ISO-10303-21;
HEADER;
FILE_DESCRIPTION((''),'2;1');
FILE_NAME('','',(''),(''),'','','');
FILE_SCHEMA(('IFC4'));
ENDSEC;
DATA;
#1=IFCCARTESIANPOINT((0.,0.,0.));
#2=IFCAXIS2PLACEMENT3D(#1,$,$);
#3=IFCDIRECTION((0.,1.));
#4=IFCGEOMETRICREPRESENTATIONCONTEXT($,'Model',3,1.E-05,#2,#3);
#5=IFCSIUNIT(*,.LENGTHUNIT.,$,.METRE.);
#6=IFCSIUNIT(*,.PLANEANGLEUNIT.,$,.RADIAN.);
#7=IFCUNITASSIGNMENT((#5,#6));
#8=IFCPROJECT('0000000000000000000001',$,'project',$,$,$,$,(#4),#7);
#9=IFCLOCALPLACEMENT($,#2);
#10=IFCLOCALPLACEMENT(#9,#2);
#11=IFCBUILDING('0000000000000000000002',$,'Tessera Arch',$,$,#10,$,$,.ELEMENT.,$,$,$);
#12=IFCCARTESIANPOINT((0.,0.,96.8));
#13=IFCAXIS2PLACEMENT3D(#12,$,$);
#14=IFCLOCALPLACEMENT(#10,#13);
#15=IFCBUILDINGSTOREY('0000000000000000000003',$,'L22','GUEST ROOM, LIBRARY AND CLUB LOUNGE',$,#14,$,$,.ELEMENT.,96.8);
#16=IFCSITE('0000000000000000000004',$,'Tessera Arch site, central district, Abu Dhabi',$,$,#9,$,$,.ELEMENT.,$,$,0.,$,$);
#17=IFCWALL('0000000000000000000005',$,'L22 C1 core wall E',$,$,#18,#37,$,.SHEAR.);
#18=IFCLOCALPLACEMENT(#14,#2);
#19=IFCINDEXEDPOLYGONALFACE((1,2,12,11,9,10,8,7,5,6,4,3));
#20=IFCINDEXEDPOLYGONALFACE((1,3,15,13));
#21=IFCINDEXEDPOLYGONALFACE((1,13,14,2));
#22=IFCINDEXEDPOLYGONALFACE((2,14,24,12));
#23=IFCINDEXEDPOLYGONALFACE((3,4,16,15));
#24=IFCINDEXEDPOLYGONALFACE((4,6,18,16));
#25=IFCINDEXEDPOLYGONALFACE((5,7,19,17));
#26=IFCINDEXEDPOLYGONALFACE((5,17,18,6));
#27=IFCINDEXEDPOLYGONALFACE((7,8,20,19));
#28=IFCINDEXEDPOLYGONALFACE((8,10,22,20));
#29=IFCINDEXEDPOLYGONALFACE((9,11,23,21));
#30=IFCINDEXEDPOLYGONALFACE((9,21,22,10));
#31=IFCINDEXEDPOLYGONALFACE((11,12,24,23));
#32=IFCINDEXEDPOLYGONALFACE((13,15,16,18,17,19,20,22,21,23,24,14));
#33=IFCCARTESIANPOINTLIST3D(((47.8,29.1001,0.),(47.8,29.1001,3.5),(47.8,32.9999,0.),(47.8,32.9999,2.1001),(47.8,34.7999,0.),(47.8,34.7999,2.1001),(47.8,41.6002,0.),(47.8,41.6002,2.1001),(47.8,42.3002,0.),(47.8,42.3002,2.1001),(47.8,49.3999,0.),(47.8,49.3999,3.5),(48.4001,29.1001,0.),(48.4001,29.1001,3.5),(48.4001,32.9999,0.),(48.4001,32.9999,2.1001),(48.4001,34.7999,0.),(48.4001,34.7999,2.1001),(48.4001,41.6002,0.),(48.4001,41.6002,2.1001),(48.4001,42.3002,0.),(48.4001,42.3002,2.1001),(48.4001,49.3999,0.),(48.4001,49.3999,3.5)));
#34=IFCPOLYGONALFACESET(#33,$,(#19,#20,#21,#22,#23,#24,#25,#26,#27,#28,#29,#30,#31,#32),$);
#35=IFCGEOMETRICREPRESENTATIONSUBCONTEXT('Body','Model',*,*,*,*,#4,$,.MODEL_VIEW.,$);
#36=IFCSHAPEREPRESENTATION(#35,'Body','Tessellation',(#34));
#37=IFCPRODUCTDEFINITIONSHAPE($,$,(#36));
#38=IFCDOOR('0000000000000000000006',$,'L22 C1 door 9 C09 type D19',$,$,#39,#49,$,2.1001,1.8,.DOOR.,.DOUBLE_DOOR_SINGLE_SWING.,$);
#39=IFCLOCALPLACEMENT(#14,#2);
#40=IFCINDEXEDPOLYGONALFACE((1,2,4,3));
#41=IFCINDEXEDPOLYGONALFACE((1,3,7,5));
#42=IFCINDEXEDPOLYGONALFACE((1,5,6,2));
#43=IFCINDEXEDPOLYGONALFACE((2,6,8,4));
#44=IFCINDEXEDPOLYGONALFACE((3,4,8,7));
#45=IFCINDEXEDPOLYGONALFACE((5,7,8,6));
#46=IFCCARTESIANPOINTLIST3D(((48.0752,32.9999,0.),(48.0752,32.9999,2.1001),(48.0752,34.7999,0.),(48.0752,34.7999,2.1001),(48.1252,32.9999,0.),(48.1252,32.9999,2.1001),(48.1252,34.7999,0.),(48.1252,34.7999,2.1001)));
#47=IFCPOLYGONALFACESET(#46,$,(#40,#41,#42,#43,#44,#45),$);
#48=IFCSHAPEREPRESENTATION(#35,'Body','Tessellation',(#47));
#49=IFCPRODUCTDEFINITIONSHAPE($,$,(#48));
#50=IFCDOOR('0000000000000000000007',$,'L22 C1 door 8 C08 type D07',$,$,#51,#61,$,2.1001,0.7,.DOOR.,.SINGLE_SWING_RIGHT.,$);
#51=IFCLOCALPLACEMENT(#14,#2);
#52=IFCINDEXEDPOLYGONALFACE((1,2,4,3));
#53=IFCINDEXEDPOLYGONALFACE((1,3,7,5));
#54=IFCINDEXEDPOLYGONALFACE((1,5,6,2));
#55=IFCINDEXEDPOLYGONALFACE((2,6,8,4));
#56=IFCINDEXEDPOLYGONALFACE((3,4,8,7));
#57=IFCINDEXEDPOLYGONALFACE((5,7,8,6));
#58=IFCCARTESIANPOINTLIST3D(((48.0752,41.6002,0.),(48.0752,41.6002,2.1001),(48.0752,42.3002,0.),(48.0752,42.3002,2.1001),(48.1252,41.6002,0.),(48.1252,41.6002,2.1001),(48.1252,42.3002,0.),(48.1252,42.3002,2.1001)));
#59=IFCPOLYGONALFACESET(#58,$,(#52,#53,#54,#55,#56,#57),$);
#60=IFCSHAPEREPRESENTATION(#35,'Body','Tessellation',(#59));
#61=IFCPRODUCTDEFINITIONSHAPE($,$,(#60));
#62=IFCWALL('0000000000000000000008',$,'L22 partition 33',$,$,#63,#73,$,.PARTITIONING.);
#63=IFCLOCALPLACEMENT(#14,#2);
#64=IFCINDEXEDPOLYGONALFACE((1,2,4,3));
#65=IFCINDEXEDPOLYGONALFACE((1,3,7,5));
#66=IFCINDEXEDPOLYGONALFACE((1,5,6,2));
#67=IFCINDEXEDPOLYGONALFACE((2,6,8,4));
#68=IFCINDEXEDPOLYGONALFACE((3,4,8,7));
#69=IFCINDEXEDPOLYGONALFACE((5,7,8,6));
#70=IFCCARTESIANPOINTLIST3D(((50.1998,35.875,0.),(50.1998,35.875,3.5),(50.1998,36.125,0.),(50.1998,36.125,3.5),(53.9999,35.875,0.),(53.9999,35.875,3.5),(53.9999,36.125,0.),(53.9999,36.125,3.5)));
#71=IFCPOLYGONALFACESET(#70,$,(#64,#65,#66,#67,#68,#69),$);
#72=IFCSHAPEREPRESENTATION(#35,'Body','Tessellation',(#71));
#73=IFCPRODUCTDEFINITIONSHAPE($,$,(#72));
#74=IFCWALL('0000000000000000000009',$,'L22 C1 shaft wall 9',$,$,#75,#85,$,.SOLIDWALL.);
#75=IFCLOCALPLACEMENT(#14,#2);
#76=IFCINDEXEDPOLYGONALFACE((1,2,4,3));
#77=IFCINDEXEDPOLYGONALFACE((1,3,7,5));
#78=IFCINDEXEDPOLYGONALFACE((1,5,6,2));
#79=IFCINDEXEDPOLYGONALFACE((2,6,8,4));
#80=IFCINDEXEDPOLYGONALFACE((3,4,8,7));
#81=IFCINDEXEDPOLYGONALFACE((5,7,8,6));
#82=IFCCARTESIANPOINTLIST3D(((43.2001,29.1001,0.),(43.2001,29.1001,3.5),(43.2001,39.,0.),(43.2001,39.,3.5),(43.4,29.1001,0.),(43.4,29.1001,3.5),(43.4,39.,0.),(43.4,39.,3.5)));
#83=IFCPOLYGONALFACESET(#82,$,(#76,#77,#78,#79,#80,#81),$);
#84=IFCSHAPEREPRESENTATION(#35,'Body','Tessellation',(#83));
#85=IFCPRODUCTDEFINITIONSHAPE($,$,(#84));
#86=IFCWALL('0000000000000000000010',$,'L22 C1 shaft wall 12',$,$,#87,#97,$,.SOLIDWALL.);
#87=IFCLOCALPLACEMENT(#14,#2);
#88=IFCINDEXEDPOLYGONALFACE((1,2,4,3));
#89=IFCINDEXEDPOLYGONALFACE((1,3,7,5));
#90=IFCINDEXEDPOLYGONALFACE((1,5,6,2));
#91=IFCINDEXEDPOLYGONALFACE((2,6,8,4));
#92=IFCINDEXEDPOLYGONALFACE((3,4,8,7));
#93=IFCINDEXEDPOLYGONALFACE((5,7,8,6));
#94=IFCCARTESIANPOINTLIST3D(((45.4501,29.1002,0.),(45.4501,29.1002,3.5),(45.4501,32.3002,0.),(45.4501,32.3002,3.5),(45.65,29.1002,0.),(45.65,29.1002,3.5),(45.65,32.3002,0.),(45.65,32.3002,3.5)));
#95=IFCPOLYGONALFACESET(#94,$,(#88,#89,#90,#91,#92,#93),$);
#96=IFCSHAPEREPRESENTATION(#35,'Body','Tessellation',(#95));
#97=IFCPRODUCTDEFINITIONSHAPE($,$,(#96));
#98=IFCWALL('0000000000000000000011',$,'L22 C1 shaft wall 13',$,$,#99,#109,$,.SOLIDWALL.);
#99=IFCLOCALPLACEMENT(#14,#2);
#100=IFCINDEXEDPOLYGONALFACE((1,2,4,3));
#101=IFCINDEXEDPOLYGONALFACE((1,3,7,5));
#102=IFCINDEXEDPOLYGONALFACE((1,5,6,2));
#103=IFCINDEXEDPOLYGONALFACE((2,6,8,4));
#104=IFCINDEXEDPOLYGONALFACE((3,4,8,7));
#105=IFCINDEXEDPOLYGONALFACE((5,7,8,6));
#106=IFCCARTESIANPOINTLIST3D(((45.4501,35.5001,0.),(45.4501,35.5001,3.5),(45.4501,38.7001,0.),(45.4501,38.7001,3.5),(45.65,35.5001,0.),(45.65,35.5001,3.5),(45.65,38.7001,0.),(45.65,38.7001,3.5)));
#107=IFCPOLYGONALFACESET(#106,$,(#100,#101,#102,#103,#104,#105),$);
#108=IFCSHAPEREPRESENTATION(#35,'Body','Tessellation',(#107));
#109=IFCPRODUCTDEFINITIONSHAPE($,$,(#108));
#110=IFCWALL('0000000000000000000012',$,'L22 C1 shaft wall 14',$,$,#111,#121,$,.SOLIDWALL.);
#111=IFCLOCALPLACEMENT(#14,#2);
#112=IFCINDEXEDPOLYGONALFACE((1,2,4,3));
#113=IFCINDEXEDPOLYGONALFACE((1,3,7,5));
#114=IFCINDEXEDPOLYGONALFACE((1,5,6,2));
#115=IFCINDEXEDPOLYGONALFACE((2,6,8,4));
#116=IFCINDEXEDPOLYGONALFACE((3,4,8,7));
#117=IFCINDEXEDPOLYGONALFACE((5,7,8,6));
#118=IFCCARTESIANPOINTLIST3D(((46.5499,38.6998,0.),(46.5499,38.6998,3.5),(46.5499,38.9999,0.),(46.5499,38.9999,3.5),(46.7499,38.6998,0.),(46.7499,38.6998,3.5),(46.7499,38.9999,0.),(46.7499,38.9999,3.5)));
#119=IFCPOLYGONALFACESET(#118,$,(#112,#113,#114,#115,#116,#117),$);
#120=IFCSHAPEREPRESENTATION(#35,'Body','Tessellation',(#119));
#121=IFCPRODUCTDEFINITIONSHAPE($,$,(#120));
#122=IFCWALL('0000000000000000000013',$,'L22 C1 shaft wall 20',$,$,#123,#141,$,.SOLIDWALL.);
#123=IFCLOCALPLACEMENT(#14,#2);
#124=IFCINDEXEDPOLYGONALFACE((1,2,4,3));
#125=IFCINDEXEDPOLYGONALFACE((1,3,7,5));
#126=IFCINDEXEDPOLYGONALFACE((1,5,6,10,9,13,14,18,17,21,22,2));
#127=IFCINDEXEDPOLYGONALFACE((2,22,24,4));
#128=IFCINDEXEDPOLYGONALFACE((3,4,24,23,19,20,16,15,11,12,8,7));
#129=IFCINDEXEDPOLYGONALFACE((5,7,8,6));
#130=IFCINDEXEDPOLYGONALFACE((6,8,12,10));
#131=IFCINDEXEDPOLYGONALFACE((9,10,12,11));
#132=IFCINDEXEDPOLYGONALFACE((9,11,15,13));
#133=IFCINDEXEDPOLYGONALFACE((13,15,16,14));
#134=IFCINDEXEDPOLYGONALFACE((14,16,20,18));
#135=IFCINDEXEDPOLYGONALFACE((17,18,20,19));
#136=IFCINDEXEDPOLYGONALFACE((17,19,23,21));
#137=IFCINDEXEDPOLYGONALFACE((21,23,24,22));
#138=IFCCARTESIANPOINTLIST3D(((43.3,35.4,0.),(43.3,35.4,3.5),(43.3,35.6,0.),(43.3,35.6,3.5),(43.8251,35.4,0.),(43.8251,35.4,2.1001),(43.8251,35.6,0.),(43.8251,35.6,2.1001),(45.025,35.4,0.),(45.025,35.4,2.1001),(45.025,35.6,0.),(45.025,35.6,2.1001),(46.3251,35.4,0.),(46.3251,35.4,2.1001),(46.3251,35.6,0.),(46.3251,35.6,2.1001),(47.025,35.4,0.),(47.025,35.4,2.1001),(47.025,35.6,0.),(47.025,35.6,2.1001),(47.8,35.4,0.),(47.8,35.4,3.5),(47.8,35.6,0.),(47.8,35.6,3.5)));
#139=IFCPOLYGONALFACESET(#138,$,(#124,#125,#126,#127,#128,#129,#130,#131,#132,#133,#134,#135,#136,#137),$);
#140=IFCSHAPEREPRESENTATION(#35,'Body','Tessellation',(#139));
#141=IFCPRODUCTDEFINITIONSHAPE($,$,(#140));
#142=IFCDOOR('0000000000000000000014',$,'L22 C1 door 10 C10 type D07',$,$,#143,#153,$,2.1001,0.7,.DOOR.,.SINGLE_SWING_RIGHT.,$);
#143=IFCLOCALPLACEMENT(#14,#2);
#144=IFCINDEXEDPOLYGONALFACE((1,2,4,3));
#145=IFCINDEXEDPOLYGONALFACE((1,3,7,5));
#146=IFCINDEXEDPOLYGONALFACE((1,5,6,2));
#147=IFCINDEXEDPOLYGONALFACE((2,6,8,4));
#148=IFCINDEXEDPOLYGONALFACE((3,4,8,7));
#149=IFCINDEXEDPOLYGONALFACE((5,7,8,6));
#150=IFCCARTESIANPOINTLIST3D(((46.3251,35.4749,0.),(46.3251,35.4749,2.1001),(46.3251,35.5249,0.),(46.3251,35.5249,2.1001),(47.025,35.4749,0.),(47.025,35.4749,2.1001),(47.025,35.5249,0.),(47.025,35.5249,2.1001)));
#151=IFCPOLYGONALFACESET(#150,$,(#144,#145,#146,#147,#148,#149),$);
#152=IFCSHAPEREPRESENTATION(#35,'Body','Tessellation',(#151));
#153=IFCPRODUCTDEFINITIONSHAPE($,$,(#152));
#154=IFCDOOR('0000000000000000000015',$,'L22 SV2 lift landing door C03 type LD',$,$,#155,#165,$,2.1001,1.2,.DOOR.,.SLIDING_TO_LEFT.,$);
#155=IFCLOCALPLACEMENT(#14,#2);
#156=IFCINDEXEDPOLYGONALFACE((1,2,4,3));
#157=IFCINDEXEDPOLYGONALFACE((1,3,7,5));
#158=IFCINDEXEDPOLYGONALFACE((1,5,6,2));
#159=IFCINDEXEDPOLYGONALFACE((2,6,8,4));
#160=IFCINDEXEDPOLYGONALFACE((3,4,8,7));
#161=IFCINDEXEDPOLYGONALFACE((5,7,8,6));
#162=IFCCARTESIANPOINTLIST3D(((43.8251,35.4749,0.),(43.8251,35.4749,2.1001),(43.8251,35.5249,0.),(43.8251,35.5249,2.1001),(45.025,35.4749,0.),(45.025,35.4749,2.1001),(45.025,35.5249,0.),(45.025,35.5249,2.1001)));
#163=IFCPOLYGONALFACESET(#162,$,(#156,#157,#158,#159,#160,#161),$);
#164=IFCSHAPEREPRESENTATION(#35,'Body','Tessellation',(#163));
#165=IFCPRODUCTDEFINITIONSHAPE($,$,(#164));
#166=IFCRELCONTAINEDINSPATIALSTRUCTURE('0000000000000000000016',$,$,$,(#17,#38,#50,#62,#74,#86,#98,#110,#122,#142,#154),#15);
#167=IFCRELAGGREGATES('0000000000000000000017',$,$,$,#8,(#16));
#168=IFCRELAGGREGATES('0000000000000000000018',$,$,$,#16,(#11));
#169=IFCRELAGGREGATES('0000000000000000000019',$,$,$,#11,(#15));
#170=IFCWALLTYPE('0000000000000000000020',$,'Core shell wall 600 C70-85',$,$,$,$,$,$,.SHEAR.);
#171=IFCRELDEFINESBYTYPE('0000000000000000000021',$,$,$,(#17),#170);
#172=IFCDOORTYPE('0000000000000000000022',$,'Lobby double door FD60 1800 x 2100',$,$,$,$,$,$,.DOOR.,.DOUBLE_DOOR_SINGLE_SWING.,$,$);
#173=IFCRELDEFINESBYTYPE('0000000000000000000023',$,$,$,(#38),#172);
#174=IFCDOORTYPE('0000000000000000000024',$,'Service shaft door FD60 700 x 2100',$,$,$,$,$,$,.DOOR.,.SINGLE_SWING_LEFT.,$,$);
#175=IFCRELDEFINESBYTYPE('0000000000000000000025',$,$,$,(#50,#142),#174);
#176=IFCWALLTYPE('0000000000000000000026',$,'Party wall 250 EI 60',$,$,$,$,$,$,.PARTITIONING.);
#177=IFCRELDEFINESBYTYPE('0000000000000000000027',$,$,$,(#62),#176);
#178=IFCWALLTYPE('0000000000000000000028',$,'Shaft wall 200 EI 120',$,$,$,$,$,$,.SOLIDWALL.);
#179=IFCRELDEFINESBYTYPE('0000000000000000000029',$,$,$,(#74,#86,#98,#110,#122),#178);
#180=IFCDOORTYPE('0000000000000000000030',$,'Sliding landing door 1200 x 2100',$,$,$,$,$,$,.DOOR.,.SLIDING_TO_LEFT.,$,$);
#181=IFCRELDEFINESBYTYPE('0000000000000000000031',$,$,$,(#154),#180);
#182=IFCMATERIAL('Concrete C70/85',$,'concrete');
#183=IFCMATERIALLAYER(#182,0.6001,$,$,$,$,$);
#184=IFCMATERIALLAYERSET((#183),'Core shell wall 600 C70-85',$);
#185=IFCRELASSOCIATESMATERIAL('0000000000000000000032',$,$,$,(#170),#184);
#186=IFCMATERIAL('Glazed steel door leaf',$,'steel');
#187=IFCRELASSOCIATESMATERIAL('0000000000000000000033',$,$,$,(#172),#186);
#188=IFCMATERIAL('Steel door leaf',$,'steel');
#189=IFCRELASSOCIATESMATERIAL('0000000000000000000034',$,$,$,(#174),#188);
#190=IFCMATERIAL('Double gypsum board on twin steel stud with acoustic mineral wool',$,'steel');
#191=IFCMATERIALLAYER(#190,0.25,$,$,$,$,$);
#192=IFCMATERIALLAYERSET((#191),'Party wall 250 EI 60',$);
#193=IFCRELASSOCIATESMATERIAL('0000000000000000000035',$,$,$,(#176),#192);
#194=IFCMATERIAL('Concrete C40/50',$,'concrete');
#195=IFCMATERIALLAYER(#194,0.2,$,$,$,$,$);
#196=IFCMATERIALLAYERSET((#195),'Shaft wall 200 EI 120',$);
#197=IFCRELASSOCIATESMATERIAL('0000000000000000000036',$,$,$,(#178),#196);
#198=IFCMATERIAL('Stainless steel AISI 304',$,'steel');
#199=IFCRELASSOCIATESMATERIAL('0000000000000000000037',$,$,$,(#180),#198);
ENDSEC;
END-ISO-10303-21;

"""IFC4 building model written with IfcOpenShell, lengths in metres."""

from ifc_helpers import new_model, si_unit, direction, frame, frame_2d, origin, place, context, subcontext, project, spatial, rectangle, extrude, material, layer, layer_set, type_object, element, fill, save


model = new_model("IFC4")

# Units and contexts
model_context = context("Model", 3, precision=1e-05, world=origin(), true_north=direction((0.0, 1.0)))
body_context = subcontext(model_context, "Body", "Model", "MODEL_VIEW")
ifc_project = project(units=[si_unit("LENGTHUNIT", "METRE"), si_unit("PLANEANGLEUNIT", "RADIAN")], contexts=[model_context])

# Site, building, storey
site_placement = place(None, origin())
site = spatial("IfcSite", under=ifc_project, at=site_placement, Name="Tessera Arch site, central district, Abu Dhabi", CompositionType="ELEMENT", RefElevation=0.0)
building_placement = place(site_placement, origin())
building = spatial("IfcBuilding", under=site, at=building_placement, Name="Tessera Arch", CompositionType="ELEMENT")
storey_placement = place(building_placement, frame((0.0, 0.0, 96.8)))
storey = spatial("IfcBuildingStorey", under=building, at=storey_placement, Name="L22", Description="GUEST ROOM, LIBRARY AND CLUB LOUNGE", CompositionType="ELEMENT", Elevation=96.8)

# Wall, openings, doors
ifc_material_1 = material(Name="Concrete C70/85", Category="concrete")
ifc_layer_1 = layer(ifc_material_1, 0.6001)
ifc_layer_set_1 = layer_set([ifc_layer_1], Name="Core shell wall 600 C70-85")
wall_type_1 = type_object("IfcWallType", Name="Core shell wall 600 C70-85", PredefinedType="SHEAR", material=ifc_layer_set_1)
wall_1_placement = place(storey_placement, frame((48.1001, 29.1001, 0.0), z_axis=(0.0, 0.0, 1.0), x_axis=(0.0, 1.0, 0.0)))
wall_1 = element("IfcWall", 1, at=wall_1_placement, inside=storey, type_object=wall_type_1, Name="L22 C1 core wall E", PredefinedType="SHEAR", context=body_context, shape_type="SweptSolid", body=[
    extrude(rectangle(XDim=20.2998, YDim=0.6001, at=frame_2d((10.1499, 0.0))), origin(), (0.0, 0.0, 1.0), 3.5),
])
opening_1_placement = place(wall_1_placement, frame((12.5, 0.0, 0.0)))
opening_1 = element("IfcOpeningElement", 2, at=opening_1_placement, cuts=wall_1, PredefinedType="OPENING", context=body_context, shape_type="SweptSolid", body=[
    extrude(rectangle(XDim=0.7, YDim=2.1001, at=frame_2d((0.3501, 1.05))), frame((0.0, 0.3101, 0.0), z_axis=(0.0, -1.0, 0.0), x_axis=(1.0, 0.0, 0.0)), (0.0, 0.0, 1.0), 0.6201),
])
opening_2_placement = place(wall_1_placement, frame((3.8999, 0.0, 0.0)))
opening_2 = element("IfcOpeningElement", 3, at=opening_2_placement, cuts=wall_1, PredefinedType="OPENING", context=body_context, shape_type="SweptSolid", body=[
    extrude(rectangle(XDim=1.8, YDim=2.1001, at=frame_2d((0.8999, 1.05))), frame((0.0, 0.3101, 0.0), z_axis=(0.0, -1.0, 0.0), x_axis=(1.0, 0.0, 0.0)), (0.0, 0.0, 1.0), 0.6201),
])
ifc_material_2 = material(Name="Glazed steel door leaf", Category="steel")
door_type_1 = type_object("IfcDoorType", Name="Lobby double door FD60 1800 x 2100", OperationType="DOUBLE_DOOR_SINGLE_SWING", PredefinedType="DOOR", material=ifc_material_2)
door_1_placement = place(opening_2_placement, origin())
door_1 = element("IfcDoor", 4, at=door_1_placement, inside=storey, type_object=door_type_1, Name="L22 C1 door 9 C09 type D19", OperationType="DOUBLE_DOOR_SINGLE_SWING", OverallHeight=2.1001, OverallWidth=1.8, PredefinedType="DOOR", context=body_context, shape_type="SweptSolid", body=[
    extrude(rectangle(XDim=1.8, YDim=2.1001, at=frame_2d((0.8999, 1.05))), frame((0.0, 0.0249, 0.0), z_axis=(0.0, -1.0, 0.0), x_axis=(1.0, 0.0, 0.0)), (0.0, 0.0, 1.0), 0.05),
])
fill(opening_2, door_1)
ifc_material_3 = material(Name="Steel door leaf", Category="steel")
door_type_2 = type_object("IfcDoorType", Name="Service shaft door FD60 700 x 2100", OperationType="SINGLE_SWING_LEFT", PredefinedType="DOOR", material=ifc_material_3)
door_2_placement = place(opening_1_placement, origin())
door_2 = element("IfcDoor", 5, at=door_2_placement, inside=storey, type_object=door_type_2, Name="L22 C1 door 8 C08 type D07", OperationType="SINGLE_SWING_RIGHT", OverallHeight=2.1001, OverallWidth=0.7, PredefinedType="DOOR", context=body_context, shape_type="SweptSolid", body=[
    extrude(rectangle(XDim=0.7, YDim=2.1001, at=frame_2d((0.3501, 1.05))), frame((0.0, 0.0249, 0.0), z_axis=(0.0, -1.0, 0.0), x_axis=(1.0, 0.0, 0.0)), (0.0, 0.0, 1.0), 0.05),
])
fill(opening_1, door_2)

# Walls
ifc_material_4 = material(Name="Double gypsum board on twin steel stud with acoustic mineral wool", Category="steel")
ifc_layer_2 = layer(ifc_material_4, 0.25)
ifc_layer_set_2 = layer_set([ifc_layer_2], Name="Party wall 250 EI 60")
wall_type_2 = type_object("IfcWallType", Name="Party wall 250 EI 60", PredefinedType="PARTITIONING", material=ifc_layer_set_2)
wall_2_placement = place(storey_placement, frame((50.2, 36.0, 0.0), z_axis=(0.0, 0.0, 1.0), x_axis=(1.0, 0.0, 0.0)))
element("IfcWall", 6, at=wall_2_placement, inside=storey, type_object=wall_type_2, Name="L22 partition 33", PredefinedType="PARTITIONING", context=body_context, shape_type="SweptSolid", body=[
    extrude(rectangle(XDim=3.8, YDim=0.25, at=frame_2d((1.8999, 0.0))), origin(), (0.0, 0.0, 1.0), 3.5),
])
ifc_material_5 = material(Name="Concrete C40/50", Category="concrete")
ifc_layer_3 = layer(ifc_material_5, 0.2)
ifc_layer_set_3 = layer_set([ifc_layer_3], Name="Shaft wall 200 EI 120")
wall_type_3 = type_object("IfcWallType", Name="Shaft wall 200 EI 120", PredefinedType="SOLIDWALL", material=ifc_layer_set_3)
wall_3_placement = place(storey_placement, frame((43.3, 29.1001, 0.0), z_axis=(0.0, 0.0, 1.0), x_axis=(0.0, 1.0, 0.0)))
element("IfcWall", 7, at=wall_3_placement, inside=storey, type_object=wall_type_3, Name="L22 C1 shaft wall 9", PredefinedType="SOLIDWALL", context=body_context, shape_type="SweptSolid", body=[
    extrude(rectangle(XDim=9.8999, YDim=0.2, at=frame_2d((4.95, 0.0))), origin(), (0.0, 0.0, 1.0), 3.5),
])
for number, where, z_axis, x_axis, name in (
    (8, (45.55, 29.1001, 0.0), (0.0, 0.0, 1.0), (0.0, 1.0, 0.0), "L22 C1 shaft wall 12"),
    (9, (45.55, 35.5, 0.0), (0.0, 0.0, 1.0), (0.0, 1.0, 0.0), "L22 C1 shaft wall 13"),
):
    element("IfcWall", number, at=place(storey_placement, frame(where, z_axis=z_axis, x_axis=x_axis)), inside=storey, type_object=wall_type_3, Name=name, PredefinedType="SOLIDWALL", context=body_context, shape_type="SweptSolid", body=[
        extrude(rectangle(XDim=3.2, YDim=0.2, at=frame_2d((1.6001, 0.0))), origin(), (0.0, 0.0, 1.0), 3.5),
    ])
wall_4_placement = place(storey_placement, frame((46.6499, 38.7, 0.0), z_axis=(0.0, 0.0, 1.0), x_axis=(0.0, 1.0, 0.0)))
element("IfcWall", 10, at=wall_4_placement, inside=storey, type_object=wall_type_3, Name="L22 C1 shaft wall 14", PredefinedType="SOLIDWALL", context=body_context, shape_type="SweptSolid", body=[
    extrude(rectangle(XDim=0.3, YDim=0.2, at=frame_2d((0.1499, 0.0))), origin(), (0.0, 0.0, 1.0), 3.5),
])

# Wall, openings, doors
wall_5_placement = place(storey_placement, frame((43.3, 35.5, 0.0), z_axis=(0.0, 0.0, 1.0), x_axis=(1.0, 0.0, 0.0)))
wall_5 = element("IfcWall", 11, at=wall_5_placement, inside=storey, type_object=wall_type_3, Name="L22 C1 shaft wall 20", PredefinedType="SOLIDWALL", context=body_context, shape_type="SweptSolid", body=[
    extrude(rectangle(XDim=4.5, YDim=0.2, at=frame_2d((2.25, 0.0))), origin(), (0.0, 0.0, 1.0), 3.5),
])
opening_3_placement = place(wall_5_placement, frame((0.5249, 0.0, 0.0)))
opening_3 = element("IfcOpeningElement", 12, at=opening_3_placement, cuts=wall_5, PredefinedType="OPENING", context=body_context, shape_type="SweptSolid", body=[
    extrude(rectangle(XDim=1.2, YDim=2.1001, at=frame_2d((0.6001, 1.05))), frame((0.0, 0.1099, 0.0), z_axis=(0.0, -1.0, 0.0), x_axis=(1.0, 0.0, 0.0)), (0.0, 0.0, 1.0), 0.22),
])
opening_4_placement = place(wall_5_placement, frame((3.0249, 0.0, 0.0)))
opening_4 = element("IfcOpeningElement", 13, at=opening_4_placement, cuts=wall_5, PredefinedType="OPENING", context=body_context, shape_type="SweptSolid", body=[
    extrude(rectangle(XDim=0.7, YDim=2.1001, at=frame_2d((0.3501, 1.05))), frame((0.0, 0.1099, 0.0), z_axis=(0.0, -1.0, 0.0), x_axis=(1.0, 0.0, 0.0)), (0.0, 0.0, 1.0), 0.22),
])
door_3_placement = place(opening_4_placement, origin())
door_3 = element("IfcDoor", 14, at=door_3_placement, inside=storey, type_object=door_type_2, Name="L22 C1 door 10 C10 type D07", OperationType="SINGLE_SWING_RIGHT", OverallHeight=2.1001, OverallWidth=0.7, PredefinedType="DOOR", context=body_context, shape_type="SweptSolid", body=[
    extrude(rectangle(XDim=0.7, YDim=2.1001, at=frame_2d((0.3501, 1.05))), frame((0.0, 0.0249, 0.0), z_axis=(0.0, -1.0, 0.0), x_axis=(1.0, 0.0, 0.0)), (0.0, 0.0, 1.0), 0.05),
])
fill(opening_4, door_3)
ifc_material_6 = material(Name="Stainless steel AISI 304", Category="steel")
door_type_3 = type_object("IfcDoorType", Name="Sliding landing door 1200 x 2100", OperationType="SLIDING_TO_LEFT", PredefinedType="DOOR", material=ifc_material_6)
door_4_placement = place(opening_3_placement, origin())
door_4 = element("IfcDoor", 15, at=door_4_placement, inside=storey, type_object=door_type_3, Name="L22 SV2 lift landing door C03 type LD", OperationType="SLIDING_TO_LEFT", OverallHeight=2.1001, OverallWidth=1.2, PredefinedType="DOOR", context=body_context, shape_type="SweptSolid", body=[
    extrude(rectangle(XDim=1.2, YDim=2.1001, at=frame_2d((0.6001, 1.05))), frame((0.0, 0.0249, 0.0), z_axis=(0.0, -1.0, 0.0), x_axis=(1.0, 0.0, 0.0)), (0.0, 0.0, 1.0), 0.05),
])
fill(opening_3, door_4)

save(model, "model.ifc")
